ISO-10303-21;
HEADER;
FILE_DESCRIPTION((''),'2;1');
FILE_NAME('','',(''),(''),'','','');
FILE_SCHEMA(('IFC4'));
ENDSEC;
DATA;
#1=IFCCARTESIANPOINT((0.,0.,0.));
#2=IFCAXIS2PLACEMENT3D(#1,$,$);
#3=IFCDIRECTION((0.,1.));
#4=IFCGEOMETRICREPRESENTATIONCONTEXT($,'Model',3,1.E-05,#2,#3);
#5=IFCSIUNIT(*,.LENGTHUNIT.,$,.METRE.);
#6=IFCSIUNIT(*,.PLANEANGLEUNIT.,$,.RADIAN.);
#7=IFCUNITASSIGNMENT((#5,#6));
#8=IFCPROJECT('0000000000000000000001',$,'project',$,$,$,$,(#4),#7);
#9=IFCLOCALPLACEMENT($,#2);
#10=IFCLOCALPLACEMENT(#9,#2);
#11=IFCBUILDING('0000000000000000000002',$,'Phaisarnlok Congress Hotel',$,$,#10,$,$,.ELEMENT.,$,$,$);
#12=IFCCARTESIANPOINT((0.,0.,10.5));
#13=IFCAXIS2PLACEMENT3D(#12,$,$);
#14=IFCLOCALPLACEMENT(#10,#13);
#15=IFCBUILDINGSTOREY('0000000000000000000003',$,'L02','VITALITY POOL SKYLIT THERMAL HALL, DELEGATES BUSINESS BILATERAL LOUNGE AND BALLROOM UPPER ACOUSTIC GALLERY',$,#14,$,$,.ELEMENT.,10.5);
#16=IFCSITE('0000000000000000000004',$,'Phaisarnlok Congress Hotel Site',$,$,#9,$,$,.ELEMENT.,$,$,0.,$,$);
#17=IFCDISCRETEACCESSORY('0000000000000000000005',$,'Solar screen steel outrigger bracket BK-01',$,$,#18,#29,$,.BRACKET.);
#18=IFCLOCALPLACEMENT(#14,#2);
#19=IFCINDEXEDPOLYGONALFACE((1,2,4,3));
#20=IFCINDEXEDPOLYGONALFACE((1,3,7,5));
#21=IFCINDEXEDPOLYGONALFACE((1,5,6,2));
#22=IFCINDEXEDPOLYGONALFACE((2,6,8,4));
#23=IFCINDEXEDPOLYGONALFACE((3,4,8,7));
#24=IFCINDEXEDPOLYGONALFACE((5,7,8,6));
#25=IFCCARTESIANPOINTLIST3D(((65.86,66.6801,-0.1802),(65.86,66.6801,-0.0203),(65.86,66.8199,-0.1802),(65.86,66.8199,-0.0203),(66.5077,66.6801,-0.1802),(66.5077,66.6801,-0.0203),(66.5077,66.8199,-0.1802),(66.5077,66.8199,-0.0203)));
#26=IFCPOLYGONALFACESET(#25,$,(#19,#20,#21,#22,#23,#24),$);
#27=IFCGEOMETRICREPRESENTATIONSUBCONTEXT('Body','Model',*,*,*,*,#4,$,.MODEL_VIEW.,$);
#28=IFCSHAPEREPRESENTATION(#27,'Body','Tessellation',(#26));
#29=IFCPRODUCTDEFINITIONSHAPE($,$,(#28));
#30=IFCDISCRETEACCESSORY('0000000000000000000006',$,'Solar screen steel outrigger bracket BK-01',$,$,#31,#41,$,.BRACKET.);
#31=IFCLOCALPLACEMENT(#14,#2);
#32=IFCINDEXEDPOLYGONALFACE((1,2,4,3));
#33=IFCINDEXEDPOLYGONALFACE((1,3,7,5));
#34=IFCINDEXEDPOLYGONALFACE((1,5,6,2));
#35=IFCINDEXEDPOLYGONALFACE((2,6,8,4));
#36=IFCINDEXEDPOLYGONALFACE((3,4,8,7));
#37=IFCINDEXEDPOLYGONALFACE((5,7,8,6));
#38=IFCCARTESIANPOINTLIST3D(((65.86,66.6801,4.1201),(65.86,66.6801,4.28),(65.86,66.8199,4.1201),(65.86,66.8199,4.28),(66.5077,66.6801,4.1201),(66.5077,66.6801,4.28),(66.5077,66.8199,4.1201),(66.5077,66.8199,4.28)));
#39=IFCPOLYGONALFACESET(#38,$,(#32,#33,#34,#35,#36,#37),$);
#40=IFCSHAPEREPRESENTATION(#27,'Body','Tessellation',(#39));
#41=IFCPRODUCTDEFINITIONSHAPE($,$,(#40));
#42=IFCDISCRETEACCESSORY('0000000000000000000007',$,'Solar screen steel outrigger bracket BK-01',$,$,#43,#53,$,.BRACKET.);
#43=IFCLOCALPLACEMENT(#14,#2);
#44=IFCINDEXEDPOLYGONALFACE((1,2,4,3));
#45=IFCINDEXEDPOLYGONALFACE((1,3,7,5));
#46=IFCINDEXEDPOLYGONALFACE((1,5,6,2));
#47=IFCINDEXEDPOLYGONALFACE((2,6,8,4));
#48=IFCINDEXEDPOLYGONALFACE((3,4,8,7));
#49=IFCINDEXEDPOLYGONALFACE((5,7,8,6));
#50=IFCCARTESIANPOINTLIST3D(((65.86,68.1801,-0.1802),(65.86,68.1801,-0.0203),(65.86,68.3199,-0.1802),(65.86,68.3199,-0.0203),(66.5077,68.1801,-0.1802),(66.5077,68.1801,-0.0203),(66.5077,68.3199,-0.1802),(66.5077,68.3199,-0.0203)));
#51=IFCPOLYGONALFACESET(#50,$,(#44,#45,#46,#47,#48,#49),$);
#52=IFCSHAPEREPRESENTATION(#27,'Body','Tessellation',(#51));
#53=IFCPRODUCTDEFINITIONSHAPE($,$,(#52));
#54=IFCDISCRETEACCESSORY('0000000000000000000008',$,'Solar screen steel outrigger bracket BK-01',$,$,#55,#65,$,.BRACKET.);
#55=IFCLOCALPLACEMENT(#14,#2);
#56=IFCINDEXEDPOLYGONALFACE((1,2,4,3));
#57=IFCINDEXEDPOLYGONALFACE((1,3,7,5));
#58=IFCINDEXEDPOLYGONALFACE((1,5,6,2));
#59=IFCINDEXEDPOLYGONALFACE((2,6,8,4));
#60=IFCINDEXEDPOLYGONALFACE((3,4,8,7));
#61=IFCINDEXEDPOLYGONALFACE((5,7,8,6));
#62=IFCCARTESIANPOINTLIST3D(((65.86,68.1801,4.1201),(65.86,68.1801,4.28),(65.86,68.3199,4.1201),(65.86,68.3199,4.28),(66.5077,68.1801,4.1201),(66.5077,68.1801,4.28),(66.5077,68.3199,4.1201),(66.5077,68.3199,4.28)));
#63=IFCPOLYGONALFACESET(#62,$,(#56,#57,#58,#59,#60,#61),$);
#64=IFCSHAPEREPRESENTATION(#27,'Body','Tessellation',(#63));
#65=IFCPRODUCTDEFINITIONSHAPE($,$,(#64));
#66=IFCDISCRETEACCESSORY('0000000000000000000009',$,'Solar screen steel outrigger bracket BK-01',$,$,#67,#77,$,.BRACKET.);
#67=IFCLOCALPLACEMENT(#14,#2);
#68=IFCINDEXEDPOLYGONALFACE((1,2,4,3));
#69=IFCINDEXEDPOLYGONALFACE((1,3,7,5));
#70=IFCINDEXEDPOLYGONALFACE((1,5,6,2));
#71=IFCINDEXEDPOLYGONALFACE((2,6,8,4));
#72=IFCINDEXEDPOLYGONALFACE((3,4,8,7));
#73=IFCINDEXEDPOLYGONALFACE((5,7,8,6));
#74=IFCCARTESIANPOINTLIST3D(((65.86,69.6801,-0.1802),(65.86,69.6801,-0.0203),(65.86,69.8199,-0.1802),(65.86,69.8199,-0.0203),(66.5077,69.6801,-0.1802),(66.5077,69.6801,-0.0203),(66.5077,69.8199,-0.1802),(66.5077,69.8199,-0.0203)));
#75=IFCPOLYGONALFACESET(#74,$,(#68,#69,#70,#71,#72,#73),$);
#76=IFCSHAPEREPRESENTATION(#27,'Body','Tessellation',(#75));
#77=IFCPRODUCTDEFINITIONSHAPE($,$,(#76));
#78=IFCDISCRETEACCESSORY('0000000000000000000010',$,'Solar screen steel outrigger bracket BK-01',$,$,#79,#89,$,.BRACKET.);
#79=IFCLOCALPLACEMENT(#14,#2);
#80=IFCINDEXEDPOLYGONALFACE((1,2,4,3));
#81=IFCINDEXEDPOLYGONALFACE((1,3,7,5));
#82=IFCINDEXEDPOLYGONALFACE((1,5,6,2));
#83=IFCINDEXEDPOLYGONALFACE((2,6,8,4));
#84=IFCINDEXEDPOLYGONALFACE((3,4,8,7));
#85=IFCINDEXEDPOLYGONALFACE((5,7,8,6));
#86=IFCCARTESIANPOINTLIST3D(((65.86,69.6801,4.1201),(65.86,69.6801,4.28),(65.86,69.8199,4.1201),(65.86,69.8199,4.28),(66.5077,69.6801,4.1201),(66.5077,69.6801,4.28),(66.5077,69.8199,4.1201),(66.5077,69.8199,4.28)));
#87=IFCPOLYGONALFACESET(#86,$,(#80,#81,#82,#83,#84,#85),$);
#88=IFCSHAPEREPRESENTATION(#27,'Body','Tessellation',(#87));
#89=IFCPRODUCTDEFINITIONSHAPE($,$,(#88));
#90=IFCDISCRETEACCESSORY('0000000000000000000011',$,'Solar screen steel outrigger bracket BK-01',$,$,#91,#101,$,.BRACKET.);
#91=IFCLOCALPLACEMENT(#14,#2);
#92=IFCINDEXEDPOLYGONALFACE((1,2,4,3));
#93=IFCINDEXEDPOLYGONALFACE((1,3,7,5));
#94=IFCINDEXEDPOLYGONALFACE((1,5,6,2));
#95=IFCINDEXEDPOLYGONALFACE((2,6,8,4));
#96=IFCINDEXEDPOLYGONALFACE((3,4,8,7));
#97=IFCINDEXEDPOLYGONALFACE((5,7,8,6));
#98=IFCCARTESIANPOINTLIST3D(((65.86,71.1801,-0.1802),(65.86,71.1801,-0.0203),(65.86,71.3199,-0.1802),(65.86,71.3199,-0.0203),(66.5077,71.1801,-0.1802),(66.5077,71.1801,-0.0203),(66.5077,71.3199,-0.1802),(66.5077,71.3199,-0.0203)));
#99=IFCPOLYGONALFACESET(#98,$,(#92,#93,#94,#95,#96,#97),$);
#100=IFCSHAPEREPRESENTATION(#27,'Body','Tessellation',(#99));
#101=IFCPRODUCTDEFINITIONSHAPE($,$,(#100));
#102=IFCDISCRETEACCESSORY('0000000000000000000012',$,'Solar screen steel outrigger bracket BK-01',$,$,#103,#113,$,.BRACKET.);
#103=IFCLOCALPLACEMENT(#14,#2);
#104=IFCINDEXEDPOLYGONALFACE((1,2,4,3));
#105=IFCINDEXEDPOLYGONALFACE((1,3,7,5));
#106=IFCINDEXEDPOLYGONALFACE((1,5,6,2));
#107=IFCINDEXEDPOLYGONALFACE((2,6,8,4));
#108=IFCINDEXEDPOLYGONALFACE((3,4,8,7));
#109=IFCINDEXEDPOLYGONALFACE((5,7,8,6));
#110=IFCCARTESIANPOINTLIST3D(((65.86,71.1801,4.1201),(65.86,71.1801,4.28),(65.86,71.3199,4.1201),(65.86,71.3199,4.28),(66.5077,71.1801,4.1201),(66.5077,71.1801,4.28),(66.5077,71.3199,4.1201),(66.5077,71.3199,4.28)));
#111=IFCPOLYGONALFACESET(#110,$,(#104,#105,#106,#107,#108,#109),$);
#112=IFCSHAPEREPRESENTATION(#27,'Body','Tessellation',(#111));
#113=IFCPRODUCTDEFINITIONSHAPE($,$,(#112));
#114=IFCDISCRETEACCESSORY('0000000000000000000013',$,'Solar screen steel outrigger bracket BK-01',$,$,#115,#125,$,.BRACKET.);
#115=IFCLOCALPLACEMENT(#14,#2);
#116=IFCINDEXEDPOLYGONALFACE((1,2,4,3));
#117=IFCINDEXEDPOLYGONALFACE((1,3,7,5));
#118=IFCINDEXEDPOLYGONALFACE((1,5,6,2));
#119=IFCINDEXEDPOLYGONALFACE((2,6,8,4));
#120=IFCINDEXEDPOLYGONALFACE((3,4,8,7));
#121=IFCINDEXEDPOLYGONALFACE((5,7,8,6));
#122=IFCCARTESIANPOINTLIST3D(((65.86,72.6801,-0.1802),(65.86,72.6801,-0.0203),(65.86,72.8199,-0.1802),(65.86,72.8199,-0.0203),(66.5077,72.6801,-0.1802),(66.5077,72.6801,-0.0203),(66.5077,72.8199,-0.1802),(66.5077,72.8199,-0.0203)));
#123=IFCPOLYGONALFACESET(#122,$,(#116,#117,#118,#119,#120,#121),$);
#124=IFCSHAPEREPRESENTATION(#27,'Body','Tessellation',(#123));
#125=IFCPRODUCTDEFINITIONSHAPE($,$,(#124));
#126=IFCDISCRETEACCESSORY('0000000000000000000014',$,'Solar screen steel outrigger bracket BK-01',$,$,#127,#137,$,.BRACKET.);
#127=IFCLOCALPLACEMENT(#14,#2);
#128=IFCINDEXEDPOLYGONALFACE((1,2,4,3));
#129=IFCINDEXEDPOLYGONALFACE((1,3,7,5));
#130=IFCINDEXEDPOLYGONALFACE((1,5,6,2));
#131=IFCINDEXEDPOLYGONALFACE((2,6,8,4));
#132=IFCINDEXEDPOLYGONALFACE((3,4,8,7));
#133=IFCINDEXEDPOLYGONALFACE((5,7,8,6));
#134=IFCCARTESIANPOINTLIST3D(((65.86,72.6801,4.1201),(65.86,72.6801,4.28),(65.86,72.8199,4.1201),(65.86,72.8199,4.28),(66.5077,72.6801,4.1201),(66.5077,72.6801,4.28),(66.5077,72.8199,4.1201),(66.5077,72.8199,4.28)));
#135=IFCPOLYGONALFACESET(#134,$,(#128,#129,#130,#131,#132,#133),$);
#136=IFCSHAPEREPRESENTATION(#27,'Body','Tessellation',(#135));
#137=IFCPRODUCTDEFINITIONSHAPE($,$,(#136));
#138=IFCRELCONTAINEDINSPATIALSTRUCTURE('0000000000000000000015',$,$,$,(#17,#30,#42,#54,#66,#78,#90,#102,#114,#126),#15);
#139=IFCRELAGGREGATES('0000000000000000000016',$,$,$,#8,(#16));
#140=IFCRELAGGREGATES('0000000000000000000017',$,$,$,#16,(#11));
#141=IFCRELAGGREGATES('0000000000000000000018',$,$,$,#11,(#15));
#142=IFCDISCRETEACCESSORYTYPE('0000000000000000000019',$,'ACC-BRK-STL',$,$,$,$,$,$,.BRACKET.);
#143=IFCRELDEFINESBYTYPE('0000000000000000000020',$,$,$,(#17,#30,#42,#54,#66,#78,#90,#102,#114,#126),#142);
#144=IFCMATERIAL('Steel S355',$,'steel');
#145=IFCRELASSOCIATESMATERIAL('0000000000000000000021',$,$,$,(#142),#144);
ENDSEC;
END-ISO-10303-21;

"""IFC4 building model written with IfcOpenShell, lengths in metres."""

from ifc_helpers import new_model, si_unit, direction, frame, origin, origin_2d, place, context, subcontext, project, spatial, rectangle, extrude, material, type_object, element, save


model = new_model("IFC4")

# Units and contexts
model_context = context("Model", 3, precision=1e-05, world=origin(), true_north=direction((0.0, 1.0)))
body_context = subcontext(model_context, "Body", "Model", "MODEL_VIEW")
ifc_project = project(units=[si_unit("LENGTHUNIT", "METRE"), si_unit("PLANEANGLEUNIT", "RADIAN")], contexts=[model_context])

# Site, building, storey
site_placement = place(None, origin())
site = spatial("IfcSite", under=ifc_project, at=site_placement, Name="Phaisarnlok Congress Hotel Site", CompositionType="ELEMENT", RefElevation=0.0)
building_placement = place(site_placement, origin())
building = spatial("IfcBuilding", under=site, at=building_placement, Name="Phaisarnlok Congress Hotel", CompositionType="ELEMENT")
storey_placement = place(building_placement, frame((0.0, 0.0, 10.5)))
storey = spatial("IfcBuildingStorey", under=building, at=storey_placement, Name="L02", Description="VITALITY POOL SKYLIT THERMAL HALL, DELEGATES BUSINESS BILATERAL LOUNGE AND BALLROOM UPPER ACOUSTIC GALLERY", CompositionType="ELEMENT", Elevation=10.5)

# Shared definitions
ifc_material_1 = material(Name="Steel S355", Category="steel")

# Discrete accessories
discrete_accessory_type = type_object("IfcDiscreteAccessoryType", Name="ACC-BRK-STL", PredefinedType="BRACKET", material=ifc_material_1)
for number, where, z_axis, x_axis, name in (
    (1, (66.1838, 66.75, -0.1802), (0.0, 0.0, 1.0), (1.0, 0.0, 0.0), "Solar screen steel outrigger bracket BK-01"),
    (2, (66.1838, 66.75, 4.1201), (0.0, 0.0, 1.0), (1.0, 0.0, 0.0), "Solar screen steel outrigger bracket BK-01"),
    (3, (66.1838, 68.25, -0.1802), (0.0, 0.0, 1.0), (1.0, 0.0, 0.0), "Solar screen steel outrigger bracket BK-01"),
    (4, (66.1838, 68.25, 4.1201), (0.0, 0.0, 1.0), (1.0, 0.0, 0.0), "Solar screen steel outrigger bracket BK-01"),
    (5, (66.1838, 69.75, -0.1802), (0.0, 0.0, 1.0), (1.0, 0.0, 0.0), "Solar screen steel outrigger bracket BK-01"),
    (6, (66.1838, 69.75, 4.1201), (0.0, 0.0, 1.0), (1.0, 0.0, 0.0), "Solar screen steel outrigger bracket BK-01"),
    (7, (66.1838, 71.25, -0.1802), (0.0, 0.0, 1.0), (1.0, 0.0, 0.0), "Solar screen steel outrigger bracket BK-01"),
    (8, (66.1838, 71.25, 4.1201), (0.0, 0.0, 1.0), (1.0, 0.0, 0.0), "Solar screen steel outrigger bracket BK-01"),
    (9, (66.1838, 72.75, -0.1802), (0.0, 0.0, 1.0), (1.0, 0.0, 0.0), "Solar screen steel outrigger bracket BK-01"),
    (10, (66.1838, 72.75, 4.1201), (0.0, 0.0, 1.0), (1.0, 0.0, 0.0), "Solar screen steel outrigger bracket BK-01"),
):
    element("IfcDiscreteAccessory", number, at=place(storey_placement, frame(where, z_axis=z_axis, x_axis=x_axis)), inside=storey, type_object=discrete_accessory_type, Name=name, PredefinedType="BRACKET", context=body_context, shape_type="SweptSolid", body=[
        extrude(rectangle(XDim=0.6477, YDim=0.1399, at=origin_2d()), origin(), (0.0, 0.0, 1.0), 0.1599),
    ])

save(model, "model.ifc")
